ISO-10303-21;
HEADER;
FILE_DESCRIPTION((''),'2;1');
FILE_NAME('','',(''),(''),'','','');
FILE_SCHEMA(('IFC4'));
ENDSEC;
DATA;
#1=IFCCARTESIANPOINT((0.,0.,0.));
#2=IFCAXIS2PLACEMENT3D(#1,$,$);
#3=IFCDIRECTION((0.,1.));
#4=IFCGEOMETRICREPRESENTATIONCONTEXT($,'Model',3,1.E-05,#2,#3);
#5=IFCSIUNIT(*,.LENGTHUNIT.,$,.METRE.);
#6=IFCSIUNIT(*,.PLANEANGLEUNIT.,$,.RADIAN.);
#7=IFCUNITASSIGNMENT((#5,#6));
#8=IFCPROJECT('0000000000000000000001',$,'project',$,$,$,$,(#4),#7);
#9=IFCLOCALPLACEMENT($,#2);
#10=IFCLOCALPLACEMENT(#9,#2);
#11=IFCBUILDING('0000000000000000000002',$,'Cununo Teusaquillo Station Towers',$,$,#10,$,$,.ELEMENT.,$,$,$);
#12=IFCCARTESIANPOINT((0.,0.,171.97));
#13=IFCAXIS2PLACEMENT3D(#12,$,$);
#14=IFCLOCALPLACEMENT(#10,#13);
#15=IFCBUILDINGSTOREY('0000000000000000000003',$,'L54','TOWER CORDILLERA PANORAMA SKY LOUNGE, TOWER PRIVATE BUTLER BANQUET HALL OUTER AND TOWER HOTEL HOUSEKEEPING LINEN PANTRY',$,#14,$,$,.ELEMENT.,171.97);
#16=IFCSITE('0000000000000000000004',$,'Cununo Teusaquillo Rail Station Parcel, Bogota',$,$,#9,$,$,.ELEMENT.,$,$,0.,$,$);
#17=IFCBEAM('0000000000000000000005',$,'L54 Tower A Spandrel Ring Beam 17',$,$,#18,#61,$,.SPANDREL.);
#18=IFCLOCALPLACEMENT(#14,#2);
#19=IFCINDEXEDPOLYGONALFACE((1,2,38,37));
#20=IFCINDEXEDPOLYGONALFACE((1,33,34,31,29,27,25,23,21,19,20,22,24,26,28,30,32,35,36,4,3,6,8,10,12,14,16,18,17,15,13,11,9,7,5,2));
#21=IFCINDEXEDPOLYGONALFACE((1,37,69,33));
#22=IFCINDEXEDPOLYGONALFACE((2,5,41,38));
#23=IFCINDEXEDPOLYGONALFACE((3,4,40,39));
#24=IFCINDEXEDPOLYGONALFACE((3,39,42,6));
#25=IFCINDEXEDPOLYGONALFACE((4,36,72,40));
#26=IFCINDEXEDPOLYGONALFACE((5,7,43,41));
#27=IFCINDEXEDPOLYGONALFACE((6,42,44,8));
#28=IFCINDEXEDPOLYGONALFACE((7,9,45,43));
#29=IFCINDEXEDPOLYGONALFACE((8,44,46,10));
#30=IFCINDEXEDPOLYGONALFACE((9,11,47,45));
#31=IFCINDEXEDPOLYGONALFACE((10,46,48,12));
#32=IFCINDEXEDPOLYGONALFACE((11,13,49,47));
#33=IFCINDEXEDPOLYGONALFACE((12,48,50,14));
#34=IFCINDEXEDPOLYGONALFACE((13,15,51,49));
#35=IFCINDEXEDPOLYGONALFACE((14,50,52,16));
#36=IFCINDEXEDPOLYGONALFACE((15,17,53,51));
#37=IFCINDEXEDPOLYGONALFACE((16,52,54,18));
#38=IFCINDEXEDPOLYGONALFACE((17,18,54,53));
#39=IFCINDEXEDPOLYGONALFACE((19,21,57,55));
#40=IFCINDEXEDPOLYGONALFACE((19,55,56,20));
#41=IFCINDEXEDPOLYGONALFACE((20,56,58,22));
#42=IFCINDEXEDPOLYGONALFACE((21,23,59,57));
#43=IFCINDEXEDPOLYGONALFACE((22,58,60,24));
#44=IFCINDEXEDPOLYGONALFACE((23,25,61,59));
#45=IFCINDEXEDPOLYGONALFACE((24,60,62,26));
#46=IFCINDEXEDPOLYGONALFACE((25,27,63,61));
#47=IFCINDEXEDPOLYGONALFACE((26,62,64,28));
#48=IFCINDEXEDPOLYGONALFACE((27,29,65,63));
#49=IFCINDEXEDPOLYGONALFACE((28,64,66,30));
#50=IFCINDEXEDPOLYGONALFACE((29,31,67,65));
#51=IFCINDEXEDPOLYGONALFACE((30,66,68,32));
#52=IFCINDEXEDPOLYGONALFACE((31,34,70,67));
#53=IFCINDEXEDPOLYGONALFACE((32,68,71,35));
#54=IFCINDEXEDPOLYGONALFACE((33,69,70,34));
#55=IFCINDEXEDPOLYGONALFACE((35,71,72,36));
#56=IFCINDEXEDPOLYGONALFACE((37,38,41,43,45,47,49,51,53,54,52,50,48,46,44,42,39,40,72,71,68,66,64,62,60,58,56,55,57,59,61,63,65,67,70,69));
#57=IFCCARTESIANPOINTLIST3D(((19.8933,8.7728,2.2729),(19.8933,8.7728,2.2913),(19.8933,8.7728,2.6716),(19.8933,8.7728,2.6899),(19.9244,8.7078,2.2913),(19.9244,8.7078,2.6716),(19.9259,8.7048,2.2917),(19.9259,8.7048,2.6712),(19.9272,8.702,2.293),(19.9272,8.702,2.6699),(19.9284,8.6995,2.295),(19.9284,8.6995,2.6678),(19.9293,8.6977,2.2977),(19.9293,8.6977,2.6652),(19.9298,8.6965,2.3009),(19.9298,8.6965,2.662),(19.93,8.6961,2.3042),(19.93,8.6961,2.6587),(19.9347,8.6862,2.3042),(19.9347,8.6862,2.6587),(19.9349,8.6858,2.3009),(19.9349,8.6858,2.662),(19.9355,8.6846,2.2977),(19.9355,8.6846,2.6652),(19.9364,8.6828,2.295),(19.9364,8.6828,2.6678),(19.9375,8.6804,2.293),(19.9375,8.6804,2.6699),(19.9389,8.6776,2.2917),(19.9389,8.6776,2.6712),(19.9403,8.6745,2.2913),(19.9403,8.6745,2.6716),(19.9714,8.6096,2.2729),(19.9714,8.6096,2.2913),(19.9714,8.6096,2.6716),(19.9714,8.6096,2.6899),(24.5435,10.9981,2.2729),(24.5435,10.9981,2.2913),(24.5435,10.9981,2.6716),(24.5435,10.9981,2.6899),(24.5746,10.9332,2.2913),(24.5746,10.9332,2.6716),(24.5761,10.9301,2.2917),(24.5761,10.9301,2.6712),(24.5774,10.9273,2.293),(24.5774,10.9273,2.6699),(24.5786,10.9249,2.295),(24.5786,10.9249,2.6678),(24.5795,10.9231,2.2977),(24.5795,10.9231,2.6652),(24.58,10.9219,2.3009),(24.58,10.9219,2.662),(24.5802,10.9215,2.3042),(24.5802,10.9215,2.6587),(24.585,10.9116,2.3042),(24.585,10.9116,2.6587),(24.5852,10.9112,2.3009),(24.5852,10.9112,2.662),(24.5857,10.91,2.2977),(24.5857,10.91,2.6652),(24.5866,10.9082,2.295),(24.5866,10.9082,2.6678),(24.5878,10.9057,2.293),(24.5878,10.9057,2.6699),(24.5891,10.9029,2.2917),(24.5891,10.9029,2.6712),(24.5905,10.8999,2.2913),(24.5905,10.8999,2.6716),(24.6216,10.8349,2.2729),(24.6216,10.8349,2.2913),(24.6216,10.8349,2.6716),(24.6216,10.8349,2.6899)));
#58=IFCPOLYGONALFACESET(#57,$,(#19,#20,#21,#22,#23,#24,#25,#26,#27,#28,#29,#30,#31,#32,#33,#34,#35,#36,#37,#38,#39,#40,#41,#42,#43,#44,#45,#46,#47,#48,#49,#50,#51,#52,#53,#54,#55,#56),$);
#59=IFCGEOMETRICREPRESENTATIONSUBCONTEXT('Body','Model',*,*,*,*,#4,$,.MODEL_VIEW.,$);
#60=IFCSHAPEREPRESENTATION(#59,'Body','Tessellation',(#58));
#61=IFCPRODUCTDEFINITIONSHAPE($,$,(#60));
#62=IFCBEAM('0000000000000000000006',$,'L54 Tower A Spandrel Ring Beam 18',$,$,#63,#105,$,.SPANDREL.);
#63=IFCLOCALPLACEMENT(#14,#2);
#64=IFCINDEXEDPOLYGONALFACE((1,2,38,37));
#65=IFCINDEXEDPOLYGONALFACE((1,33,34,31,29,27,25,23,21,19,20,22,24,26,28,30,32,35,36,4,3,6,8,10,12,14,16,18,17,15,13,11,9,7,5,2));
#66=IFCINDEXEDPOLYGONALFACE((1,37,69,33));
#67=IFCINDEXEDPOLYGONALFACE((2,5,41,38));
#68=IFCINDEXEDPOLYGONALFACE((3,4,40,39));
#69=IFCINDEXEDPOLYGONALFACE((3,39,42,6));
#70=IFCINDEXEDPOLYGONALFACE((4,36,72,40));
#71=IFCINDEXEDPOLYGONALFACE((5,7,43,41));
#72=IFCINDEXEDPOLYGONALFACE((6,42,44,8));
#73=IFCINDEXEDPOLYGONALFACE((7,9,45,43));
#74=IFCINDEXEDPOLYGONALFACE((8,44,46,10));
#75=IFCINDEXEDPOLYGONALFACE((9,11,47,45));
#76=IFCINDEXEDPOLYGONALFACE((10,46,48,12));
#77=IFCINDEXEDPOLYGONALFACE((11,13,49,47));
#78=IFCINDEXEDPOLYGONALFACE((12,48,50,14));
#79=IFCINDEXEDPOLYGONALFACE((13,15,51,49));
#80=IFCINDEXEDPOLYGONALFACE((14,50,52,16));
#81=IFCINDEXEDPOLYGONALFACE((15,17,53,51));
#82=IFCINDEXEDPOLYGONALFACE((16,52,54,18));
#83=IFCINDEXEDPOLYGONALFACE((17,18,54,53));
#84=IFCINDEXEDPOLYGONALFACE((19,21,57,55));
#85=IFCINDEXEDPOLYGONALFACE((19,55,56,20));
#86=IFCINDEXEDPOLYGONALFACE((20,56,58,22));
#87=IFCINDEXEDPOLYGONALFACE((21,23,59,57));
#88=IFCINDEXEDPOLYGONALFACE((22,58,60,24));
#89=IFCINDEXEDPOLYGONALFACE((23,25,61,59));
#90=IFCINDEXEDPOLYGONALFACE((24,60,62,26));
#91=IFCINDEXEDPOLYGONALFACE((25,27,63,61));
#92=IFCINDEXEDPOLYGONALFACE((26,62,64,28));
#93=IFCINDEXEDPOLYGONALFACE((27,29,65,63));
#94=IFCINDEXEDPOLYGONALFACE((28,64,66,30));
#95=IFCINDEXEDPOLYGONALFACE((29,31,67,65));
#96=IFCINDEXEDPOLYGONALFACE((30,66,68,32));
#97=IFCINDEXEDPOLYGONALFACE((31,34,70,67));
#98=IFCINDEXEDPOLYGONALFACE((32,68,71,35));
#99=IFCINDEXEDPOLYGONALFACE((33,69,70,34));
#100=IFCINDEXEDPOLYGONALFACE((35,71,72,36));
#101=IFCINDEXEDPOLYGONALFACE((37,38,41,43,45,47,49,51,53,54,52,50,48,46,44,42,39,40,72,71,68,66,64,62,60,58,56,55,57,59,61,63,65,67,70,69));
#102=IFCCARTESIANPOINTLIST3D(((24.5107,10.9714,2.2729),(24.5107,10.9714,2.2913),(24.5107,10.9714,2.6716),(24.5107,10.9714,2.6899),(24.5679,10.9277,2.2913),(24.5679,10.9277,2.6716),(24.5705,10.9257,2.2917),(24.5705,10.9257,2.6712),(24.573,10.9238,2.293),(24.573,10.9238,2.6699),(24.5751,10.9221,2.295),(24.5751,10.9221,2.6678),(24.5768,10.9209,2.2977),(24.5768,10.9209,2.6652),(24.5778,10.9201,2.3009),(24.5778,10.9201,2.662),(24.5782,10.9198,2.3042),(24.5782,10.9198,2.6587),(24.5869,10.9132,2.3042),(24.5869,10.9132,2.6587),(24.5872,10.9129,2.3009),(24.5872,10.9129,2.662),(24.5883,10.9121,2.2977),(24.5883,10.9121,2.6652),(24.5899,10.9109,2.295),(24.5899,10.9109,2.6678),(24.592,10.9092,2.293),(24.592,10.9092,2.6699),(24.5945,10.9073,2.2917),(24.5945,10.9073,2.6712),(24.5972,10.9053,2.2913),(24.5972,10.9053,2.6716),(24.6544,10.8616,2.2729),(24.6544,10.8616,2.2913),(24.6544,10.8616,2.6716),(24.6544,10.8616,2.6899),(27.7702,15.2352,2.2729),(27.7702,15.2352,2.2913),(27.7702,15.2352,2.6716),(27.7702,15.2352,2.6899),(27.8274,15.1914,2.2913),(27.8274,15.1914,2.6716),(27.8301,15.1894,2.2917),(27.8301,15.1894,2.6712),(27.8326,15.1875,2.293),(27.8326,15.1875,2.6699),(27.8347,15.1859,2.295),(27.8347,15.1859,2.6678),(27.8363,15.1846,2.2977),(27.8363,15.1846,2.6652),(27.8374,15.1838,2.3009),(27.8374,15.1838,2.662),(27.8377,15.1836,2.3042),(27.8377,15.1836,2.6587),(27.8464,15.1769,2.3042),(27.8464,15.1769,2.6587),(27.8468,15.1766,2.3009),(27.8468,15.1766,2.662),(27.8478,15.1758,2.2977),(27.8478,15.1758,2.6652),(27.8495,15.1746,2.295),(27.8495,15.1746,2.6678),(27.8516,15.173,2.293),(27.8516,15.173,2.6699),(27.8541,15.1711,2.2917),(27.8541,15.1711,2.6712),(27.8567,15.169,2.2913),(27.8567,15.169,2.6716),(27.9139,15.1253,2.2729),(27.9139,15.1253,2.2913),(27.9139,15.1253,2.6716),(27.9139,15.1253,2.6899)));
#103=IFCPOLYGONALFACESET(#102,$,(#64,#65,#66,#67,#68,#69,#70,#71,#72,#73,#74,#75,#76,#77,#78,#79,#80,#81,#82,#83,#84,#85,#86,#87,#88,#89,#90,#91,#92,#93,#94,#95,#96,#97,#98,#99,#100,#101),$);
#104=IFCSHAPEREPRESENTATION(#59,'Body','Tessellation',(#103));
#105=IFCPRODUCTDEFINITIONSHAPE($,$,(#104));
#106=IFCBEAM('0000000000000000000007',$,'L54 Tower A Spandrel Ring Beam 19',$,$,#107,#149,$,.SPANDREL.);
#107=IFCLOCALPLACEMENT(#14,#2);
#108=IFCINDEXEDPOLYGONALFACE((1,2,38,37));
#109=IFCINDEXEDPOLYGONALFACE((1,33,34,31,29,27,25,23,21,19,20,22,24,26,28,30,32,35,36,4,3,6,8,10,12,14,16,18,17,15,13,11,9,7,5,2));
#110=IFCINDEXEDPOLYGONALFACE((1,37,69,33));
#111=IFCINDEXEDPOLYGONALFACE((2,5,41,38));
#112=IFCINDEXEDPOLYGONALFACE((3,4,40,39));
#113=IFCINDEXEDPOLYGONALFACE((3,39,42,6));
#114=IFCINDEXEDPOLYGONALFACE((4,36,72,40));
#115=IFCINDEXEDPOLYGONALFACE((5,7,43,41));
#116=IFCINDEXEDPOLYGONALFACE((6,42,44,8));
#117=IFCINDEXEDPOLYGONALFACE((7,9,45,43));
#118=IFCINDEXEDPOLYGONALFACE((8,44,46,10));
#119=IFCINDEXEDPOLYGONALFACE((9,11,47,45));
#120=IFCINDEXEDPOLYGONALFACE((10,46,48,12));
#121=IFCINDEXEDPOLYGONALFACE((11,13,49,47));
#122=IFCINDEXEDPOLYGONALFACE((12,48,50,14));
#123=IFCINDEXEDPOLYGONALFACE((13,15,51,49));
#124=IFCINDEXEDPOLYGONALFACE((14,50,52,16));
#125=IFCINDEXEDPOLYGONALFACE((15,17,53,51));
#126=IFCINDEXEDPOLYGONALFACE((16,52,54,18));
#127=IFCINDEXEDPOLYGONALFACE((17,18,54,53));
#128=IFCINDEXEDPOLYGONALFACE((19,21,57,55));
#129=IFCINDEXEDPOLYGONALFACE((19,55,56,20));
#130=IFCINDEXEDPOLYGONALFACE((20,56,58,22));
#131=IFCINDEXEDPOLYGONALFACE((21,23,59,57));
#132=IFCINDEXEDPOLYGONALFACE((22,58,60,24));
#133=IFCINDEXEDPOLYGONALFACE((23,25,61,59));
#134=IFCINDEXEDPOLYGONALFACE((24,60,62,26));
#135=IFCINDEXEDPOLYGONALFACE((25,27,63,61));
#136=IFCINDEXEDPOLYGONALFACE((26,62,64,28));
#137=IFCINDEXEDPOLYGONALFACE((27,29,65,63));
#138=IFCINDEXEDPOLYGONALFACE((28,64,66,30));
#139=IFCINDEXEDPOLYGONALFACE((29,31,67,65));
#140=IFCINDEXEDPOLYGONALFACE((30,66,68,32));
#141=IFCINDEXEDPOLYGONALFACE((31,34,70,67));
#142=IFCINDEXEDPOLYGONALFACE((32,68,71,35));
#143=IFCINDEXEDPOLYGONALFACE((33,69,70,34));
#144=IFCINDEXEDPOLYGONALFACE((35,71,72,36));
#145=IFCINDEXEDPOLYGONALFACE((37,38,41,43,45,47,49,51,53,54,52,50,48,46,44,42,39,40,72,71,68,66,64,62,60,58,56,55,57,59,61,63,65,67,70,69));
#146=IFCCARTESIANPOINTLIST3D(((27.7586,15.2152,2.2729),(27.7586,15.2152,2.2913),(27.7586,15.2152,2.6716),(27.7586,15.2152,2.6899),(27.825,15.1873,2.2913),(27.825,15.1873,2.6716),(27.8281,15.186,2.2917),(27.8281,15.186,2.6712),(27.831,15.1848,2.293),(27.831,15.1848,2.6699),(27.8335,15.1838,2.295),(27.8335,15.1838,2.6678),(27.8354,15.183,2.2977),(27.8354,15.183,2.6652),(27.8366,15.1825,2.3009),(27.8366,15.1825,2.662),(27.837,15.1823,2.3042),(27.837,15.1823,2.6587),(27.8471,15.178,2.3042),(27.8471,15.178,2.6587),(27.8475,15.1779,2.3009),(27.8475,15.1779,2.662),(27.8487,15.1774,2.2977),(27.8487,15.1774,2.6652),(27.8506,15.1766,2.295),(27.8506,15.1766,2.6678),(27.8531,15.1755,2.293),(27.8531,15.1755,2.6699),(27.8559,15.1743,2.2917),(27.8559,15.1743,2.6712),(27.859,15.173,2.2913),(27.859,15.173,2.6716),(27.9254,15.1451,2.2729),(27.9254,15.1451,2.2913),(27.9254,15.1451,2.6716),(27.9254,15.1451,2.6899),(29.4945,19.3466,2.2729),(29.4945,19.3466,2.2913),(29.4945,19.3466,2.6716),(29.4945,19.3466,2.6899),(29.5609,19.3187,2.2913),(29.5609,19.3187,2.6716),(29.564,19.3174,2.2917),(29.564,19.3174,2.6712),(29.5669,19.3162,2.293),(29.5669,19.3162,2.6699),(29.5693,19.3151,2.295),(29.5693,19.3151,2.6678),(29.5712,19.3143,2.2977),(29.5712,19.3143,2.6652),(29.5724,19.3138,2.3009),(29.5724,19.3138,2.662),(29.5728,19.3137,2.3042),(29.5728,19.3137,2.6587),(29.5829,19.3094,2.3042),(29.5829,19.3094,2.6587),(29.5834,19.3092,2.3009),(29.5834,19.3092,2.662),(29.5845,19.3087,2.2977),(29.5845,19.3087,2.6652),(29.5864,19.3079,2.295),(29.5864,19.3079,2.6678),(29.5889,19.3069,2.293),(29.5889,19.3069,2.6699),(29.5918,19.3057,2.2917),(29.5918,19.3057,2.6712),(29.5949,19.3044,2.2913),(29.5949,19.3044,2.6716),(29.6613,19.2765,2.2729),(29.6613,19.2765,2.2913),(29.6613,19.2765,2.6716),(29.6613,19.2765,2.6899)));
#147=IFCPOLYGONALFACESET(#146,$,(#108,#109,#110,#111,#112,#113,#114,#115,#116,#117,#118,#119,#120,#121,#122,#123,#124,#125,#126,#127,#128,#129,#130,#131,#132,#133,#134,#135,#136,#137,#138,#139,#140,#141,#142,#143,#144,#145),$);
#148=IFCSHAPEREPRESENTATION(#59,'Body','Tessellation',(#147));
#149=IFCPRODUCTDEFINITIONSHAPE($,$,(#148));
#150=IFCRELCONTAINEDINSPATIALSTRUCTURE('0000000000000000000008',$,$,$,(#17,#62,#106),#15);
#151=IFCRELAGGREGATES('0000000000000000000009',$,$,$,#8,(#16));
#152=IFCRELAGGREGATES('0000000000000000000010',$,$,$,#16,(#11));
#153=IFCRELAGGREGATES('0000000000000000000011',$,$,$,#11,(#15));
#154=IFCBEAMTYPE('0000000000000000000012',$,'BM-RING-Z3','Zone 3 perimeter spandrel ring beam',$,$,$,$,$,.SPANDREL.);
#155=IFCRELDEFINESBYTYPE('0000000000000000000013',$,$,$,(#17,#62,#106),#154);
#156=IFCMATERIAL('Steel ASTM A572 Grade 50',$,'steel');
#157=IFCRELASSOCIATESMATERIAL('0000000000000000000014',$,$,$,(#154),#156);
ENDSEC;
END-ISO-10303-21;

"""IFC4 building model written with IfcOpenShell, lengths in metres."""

from ifc_helpers import new_model, si_unit, direction, frame, origin, origin_2d, place, context, subcontext, project, spatial, i_section, extrude, material, material_profile, profile_set, type_object, element, save


model = new_model("IFC4")

# Units and contexts
model_context = context("Model", 3, precision=1e-05, world=origin(), true_north=direction((0.0, 1.0)))
body_context = subcontext(model_context, "Body", "Model", "MODEL_VIEW")
ifc_project = project(units=[si_unit("LENGTHUNIT", "METRE"), si_unit("PLANEANGLEUNIT", "RADIAN")], contexts=[model_context])

# Site, building, storey
site_placement = place(None, origin())
site = spatial("IfcSite", under=ifc_project, at=site_placement, Name="Cununo Teusaquillo Rail Station Parcel, Bogota", CompositionType="ELEMENT", RefElevation=0.0)
building_placement = place(site_placement, origin())
building = spatial("IfcBuilding", under=site, at=building_placement, Name="Cununo Teusaquillo Station Towers", CompositionType="ELEMENT")
storey_placement = place(building_placement, frame((0.0, 0.0, 171.97)))
storey = spatial("IfcBuildingStorey", under=building, at=storey_placement, Name="L54", Description="TOWER CORDILLERA PANORAMA SKY LOUNGE, TOWER PRIVATE BUTLER BANQUET HALL OUTER AND TOWER HOTEL HOUSEKEEPING LINEN PANTRY", CompositionType="ELEMENT", Elevation=171.97)

# Beams
ifc_material_1 = material(Name="Steel ASTM A572 Grade 50", Category="steel")
ifc_material_profile_1 = material_profile(ifc_material_1, i_section(OverallWidth=0.1809, OverallDepth=0.417, WebThickness=0.011, FlangeThickness=0.0183, FilletRadius=0.0129, at=origin_2d()), Name="W16X57")
ifc_profile_set_1 = profile_set([ifc_material_profile_1], Name="Steel ASTM A572 Grade 50")
beam_type_1 = type_object("IfcBeamType", Name="BM-RING-Z3", Description="Zone 3 perimeter spandrel ring beam", PredefinedType="SPANDREL", material=ifc_profile_set_1)
beam_1_placement = place(storey_placement, frame((19.9324, 8.6912, 2.4814), z_axis=(0.902032, 0.43167, 0.0), x_axis=(-0.43167, 0.902032, 0.0)))
element("IfcBeam", 1, at=beam_1_placement, inside=storey, type_object=beam_type_1, Name="L54 Tower A Spandrel Ring Beam 17", PredefinedType="SPANDREL", context=body_context, shape_type="SweptSolid", body=[
    extrude(i_section(OverallWidth=0.1809, OverallDepth=0.417, WebThickness=0.011, FlangeThickness=0.0183, FilletRadius=0.0129, at=origin_2d()), origin(), (0.0, 0.0, 1.0), 5.1553),
])
beam_2_placement = place(storey_placement, frame((24.5825, 10.9165, 2.4814), z_axis=(0.60734, 0.794442, 0.0), x_axis=(-0.794442, 0.60734, 0.0)))
element("IfcBeam", 2, at=beam_2_placement, inside=storey, type_object=beam_type_1, Name="L54 Tower A Spandrel Ring Beam 18", PredefinedType="SPANDREL", context=body_context, shape_type="SweptSolid", body=[
    extrude(i_section(OverallWidth=0.1809, OverallDepth=0.417, WebThickness=0.011, FlangeThickness=0.0183, FilletRadius=0.0129, at=origin_2d()), origin(), (0.0, 0.0, 1.0), 5.3669),
])
beam_3_placement = place(storey_placement, frame((27.842, 15.1802, 2.4814), z_axis=(0.38736, 0.921928, 0.0), x_axis=(-0.921928, 0.38736, 0.0)))
element("IfcBeam", 3, at=beam_3_placement, inside=storey, type_object=beam_type_1, Name="L54 Tower A Spandrel Ring Beam 19", PredefinedType="SPANDREL", context=body_context, shape_type="SweptSolid", body=[
    extrude(i_section(OverallWidth=0.1809, OverallDepth=0.417, WebThickness=0.011, FlangeThickness=0.0183, FilletRadius=0.0129, at=origin_2d()), origin(), (0.0, 0.0, 1.0), 4.4812),
])

save(model, "model.ifc")
